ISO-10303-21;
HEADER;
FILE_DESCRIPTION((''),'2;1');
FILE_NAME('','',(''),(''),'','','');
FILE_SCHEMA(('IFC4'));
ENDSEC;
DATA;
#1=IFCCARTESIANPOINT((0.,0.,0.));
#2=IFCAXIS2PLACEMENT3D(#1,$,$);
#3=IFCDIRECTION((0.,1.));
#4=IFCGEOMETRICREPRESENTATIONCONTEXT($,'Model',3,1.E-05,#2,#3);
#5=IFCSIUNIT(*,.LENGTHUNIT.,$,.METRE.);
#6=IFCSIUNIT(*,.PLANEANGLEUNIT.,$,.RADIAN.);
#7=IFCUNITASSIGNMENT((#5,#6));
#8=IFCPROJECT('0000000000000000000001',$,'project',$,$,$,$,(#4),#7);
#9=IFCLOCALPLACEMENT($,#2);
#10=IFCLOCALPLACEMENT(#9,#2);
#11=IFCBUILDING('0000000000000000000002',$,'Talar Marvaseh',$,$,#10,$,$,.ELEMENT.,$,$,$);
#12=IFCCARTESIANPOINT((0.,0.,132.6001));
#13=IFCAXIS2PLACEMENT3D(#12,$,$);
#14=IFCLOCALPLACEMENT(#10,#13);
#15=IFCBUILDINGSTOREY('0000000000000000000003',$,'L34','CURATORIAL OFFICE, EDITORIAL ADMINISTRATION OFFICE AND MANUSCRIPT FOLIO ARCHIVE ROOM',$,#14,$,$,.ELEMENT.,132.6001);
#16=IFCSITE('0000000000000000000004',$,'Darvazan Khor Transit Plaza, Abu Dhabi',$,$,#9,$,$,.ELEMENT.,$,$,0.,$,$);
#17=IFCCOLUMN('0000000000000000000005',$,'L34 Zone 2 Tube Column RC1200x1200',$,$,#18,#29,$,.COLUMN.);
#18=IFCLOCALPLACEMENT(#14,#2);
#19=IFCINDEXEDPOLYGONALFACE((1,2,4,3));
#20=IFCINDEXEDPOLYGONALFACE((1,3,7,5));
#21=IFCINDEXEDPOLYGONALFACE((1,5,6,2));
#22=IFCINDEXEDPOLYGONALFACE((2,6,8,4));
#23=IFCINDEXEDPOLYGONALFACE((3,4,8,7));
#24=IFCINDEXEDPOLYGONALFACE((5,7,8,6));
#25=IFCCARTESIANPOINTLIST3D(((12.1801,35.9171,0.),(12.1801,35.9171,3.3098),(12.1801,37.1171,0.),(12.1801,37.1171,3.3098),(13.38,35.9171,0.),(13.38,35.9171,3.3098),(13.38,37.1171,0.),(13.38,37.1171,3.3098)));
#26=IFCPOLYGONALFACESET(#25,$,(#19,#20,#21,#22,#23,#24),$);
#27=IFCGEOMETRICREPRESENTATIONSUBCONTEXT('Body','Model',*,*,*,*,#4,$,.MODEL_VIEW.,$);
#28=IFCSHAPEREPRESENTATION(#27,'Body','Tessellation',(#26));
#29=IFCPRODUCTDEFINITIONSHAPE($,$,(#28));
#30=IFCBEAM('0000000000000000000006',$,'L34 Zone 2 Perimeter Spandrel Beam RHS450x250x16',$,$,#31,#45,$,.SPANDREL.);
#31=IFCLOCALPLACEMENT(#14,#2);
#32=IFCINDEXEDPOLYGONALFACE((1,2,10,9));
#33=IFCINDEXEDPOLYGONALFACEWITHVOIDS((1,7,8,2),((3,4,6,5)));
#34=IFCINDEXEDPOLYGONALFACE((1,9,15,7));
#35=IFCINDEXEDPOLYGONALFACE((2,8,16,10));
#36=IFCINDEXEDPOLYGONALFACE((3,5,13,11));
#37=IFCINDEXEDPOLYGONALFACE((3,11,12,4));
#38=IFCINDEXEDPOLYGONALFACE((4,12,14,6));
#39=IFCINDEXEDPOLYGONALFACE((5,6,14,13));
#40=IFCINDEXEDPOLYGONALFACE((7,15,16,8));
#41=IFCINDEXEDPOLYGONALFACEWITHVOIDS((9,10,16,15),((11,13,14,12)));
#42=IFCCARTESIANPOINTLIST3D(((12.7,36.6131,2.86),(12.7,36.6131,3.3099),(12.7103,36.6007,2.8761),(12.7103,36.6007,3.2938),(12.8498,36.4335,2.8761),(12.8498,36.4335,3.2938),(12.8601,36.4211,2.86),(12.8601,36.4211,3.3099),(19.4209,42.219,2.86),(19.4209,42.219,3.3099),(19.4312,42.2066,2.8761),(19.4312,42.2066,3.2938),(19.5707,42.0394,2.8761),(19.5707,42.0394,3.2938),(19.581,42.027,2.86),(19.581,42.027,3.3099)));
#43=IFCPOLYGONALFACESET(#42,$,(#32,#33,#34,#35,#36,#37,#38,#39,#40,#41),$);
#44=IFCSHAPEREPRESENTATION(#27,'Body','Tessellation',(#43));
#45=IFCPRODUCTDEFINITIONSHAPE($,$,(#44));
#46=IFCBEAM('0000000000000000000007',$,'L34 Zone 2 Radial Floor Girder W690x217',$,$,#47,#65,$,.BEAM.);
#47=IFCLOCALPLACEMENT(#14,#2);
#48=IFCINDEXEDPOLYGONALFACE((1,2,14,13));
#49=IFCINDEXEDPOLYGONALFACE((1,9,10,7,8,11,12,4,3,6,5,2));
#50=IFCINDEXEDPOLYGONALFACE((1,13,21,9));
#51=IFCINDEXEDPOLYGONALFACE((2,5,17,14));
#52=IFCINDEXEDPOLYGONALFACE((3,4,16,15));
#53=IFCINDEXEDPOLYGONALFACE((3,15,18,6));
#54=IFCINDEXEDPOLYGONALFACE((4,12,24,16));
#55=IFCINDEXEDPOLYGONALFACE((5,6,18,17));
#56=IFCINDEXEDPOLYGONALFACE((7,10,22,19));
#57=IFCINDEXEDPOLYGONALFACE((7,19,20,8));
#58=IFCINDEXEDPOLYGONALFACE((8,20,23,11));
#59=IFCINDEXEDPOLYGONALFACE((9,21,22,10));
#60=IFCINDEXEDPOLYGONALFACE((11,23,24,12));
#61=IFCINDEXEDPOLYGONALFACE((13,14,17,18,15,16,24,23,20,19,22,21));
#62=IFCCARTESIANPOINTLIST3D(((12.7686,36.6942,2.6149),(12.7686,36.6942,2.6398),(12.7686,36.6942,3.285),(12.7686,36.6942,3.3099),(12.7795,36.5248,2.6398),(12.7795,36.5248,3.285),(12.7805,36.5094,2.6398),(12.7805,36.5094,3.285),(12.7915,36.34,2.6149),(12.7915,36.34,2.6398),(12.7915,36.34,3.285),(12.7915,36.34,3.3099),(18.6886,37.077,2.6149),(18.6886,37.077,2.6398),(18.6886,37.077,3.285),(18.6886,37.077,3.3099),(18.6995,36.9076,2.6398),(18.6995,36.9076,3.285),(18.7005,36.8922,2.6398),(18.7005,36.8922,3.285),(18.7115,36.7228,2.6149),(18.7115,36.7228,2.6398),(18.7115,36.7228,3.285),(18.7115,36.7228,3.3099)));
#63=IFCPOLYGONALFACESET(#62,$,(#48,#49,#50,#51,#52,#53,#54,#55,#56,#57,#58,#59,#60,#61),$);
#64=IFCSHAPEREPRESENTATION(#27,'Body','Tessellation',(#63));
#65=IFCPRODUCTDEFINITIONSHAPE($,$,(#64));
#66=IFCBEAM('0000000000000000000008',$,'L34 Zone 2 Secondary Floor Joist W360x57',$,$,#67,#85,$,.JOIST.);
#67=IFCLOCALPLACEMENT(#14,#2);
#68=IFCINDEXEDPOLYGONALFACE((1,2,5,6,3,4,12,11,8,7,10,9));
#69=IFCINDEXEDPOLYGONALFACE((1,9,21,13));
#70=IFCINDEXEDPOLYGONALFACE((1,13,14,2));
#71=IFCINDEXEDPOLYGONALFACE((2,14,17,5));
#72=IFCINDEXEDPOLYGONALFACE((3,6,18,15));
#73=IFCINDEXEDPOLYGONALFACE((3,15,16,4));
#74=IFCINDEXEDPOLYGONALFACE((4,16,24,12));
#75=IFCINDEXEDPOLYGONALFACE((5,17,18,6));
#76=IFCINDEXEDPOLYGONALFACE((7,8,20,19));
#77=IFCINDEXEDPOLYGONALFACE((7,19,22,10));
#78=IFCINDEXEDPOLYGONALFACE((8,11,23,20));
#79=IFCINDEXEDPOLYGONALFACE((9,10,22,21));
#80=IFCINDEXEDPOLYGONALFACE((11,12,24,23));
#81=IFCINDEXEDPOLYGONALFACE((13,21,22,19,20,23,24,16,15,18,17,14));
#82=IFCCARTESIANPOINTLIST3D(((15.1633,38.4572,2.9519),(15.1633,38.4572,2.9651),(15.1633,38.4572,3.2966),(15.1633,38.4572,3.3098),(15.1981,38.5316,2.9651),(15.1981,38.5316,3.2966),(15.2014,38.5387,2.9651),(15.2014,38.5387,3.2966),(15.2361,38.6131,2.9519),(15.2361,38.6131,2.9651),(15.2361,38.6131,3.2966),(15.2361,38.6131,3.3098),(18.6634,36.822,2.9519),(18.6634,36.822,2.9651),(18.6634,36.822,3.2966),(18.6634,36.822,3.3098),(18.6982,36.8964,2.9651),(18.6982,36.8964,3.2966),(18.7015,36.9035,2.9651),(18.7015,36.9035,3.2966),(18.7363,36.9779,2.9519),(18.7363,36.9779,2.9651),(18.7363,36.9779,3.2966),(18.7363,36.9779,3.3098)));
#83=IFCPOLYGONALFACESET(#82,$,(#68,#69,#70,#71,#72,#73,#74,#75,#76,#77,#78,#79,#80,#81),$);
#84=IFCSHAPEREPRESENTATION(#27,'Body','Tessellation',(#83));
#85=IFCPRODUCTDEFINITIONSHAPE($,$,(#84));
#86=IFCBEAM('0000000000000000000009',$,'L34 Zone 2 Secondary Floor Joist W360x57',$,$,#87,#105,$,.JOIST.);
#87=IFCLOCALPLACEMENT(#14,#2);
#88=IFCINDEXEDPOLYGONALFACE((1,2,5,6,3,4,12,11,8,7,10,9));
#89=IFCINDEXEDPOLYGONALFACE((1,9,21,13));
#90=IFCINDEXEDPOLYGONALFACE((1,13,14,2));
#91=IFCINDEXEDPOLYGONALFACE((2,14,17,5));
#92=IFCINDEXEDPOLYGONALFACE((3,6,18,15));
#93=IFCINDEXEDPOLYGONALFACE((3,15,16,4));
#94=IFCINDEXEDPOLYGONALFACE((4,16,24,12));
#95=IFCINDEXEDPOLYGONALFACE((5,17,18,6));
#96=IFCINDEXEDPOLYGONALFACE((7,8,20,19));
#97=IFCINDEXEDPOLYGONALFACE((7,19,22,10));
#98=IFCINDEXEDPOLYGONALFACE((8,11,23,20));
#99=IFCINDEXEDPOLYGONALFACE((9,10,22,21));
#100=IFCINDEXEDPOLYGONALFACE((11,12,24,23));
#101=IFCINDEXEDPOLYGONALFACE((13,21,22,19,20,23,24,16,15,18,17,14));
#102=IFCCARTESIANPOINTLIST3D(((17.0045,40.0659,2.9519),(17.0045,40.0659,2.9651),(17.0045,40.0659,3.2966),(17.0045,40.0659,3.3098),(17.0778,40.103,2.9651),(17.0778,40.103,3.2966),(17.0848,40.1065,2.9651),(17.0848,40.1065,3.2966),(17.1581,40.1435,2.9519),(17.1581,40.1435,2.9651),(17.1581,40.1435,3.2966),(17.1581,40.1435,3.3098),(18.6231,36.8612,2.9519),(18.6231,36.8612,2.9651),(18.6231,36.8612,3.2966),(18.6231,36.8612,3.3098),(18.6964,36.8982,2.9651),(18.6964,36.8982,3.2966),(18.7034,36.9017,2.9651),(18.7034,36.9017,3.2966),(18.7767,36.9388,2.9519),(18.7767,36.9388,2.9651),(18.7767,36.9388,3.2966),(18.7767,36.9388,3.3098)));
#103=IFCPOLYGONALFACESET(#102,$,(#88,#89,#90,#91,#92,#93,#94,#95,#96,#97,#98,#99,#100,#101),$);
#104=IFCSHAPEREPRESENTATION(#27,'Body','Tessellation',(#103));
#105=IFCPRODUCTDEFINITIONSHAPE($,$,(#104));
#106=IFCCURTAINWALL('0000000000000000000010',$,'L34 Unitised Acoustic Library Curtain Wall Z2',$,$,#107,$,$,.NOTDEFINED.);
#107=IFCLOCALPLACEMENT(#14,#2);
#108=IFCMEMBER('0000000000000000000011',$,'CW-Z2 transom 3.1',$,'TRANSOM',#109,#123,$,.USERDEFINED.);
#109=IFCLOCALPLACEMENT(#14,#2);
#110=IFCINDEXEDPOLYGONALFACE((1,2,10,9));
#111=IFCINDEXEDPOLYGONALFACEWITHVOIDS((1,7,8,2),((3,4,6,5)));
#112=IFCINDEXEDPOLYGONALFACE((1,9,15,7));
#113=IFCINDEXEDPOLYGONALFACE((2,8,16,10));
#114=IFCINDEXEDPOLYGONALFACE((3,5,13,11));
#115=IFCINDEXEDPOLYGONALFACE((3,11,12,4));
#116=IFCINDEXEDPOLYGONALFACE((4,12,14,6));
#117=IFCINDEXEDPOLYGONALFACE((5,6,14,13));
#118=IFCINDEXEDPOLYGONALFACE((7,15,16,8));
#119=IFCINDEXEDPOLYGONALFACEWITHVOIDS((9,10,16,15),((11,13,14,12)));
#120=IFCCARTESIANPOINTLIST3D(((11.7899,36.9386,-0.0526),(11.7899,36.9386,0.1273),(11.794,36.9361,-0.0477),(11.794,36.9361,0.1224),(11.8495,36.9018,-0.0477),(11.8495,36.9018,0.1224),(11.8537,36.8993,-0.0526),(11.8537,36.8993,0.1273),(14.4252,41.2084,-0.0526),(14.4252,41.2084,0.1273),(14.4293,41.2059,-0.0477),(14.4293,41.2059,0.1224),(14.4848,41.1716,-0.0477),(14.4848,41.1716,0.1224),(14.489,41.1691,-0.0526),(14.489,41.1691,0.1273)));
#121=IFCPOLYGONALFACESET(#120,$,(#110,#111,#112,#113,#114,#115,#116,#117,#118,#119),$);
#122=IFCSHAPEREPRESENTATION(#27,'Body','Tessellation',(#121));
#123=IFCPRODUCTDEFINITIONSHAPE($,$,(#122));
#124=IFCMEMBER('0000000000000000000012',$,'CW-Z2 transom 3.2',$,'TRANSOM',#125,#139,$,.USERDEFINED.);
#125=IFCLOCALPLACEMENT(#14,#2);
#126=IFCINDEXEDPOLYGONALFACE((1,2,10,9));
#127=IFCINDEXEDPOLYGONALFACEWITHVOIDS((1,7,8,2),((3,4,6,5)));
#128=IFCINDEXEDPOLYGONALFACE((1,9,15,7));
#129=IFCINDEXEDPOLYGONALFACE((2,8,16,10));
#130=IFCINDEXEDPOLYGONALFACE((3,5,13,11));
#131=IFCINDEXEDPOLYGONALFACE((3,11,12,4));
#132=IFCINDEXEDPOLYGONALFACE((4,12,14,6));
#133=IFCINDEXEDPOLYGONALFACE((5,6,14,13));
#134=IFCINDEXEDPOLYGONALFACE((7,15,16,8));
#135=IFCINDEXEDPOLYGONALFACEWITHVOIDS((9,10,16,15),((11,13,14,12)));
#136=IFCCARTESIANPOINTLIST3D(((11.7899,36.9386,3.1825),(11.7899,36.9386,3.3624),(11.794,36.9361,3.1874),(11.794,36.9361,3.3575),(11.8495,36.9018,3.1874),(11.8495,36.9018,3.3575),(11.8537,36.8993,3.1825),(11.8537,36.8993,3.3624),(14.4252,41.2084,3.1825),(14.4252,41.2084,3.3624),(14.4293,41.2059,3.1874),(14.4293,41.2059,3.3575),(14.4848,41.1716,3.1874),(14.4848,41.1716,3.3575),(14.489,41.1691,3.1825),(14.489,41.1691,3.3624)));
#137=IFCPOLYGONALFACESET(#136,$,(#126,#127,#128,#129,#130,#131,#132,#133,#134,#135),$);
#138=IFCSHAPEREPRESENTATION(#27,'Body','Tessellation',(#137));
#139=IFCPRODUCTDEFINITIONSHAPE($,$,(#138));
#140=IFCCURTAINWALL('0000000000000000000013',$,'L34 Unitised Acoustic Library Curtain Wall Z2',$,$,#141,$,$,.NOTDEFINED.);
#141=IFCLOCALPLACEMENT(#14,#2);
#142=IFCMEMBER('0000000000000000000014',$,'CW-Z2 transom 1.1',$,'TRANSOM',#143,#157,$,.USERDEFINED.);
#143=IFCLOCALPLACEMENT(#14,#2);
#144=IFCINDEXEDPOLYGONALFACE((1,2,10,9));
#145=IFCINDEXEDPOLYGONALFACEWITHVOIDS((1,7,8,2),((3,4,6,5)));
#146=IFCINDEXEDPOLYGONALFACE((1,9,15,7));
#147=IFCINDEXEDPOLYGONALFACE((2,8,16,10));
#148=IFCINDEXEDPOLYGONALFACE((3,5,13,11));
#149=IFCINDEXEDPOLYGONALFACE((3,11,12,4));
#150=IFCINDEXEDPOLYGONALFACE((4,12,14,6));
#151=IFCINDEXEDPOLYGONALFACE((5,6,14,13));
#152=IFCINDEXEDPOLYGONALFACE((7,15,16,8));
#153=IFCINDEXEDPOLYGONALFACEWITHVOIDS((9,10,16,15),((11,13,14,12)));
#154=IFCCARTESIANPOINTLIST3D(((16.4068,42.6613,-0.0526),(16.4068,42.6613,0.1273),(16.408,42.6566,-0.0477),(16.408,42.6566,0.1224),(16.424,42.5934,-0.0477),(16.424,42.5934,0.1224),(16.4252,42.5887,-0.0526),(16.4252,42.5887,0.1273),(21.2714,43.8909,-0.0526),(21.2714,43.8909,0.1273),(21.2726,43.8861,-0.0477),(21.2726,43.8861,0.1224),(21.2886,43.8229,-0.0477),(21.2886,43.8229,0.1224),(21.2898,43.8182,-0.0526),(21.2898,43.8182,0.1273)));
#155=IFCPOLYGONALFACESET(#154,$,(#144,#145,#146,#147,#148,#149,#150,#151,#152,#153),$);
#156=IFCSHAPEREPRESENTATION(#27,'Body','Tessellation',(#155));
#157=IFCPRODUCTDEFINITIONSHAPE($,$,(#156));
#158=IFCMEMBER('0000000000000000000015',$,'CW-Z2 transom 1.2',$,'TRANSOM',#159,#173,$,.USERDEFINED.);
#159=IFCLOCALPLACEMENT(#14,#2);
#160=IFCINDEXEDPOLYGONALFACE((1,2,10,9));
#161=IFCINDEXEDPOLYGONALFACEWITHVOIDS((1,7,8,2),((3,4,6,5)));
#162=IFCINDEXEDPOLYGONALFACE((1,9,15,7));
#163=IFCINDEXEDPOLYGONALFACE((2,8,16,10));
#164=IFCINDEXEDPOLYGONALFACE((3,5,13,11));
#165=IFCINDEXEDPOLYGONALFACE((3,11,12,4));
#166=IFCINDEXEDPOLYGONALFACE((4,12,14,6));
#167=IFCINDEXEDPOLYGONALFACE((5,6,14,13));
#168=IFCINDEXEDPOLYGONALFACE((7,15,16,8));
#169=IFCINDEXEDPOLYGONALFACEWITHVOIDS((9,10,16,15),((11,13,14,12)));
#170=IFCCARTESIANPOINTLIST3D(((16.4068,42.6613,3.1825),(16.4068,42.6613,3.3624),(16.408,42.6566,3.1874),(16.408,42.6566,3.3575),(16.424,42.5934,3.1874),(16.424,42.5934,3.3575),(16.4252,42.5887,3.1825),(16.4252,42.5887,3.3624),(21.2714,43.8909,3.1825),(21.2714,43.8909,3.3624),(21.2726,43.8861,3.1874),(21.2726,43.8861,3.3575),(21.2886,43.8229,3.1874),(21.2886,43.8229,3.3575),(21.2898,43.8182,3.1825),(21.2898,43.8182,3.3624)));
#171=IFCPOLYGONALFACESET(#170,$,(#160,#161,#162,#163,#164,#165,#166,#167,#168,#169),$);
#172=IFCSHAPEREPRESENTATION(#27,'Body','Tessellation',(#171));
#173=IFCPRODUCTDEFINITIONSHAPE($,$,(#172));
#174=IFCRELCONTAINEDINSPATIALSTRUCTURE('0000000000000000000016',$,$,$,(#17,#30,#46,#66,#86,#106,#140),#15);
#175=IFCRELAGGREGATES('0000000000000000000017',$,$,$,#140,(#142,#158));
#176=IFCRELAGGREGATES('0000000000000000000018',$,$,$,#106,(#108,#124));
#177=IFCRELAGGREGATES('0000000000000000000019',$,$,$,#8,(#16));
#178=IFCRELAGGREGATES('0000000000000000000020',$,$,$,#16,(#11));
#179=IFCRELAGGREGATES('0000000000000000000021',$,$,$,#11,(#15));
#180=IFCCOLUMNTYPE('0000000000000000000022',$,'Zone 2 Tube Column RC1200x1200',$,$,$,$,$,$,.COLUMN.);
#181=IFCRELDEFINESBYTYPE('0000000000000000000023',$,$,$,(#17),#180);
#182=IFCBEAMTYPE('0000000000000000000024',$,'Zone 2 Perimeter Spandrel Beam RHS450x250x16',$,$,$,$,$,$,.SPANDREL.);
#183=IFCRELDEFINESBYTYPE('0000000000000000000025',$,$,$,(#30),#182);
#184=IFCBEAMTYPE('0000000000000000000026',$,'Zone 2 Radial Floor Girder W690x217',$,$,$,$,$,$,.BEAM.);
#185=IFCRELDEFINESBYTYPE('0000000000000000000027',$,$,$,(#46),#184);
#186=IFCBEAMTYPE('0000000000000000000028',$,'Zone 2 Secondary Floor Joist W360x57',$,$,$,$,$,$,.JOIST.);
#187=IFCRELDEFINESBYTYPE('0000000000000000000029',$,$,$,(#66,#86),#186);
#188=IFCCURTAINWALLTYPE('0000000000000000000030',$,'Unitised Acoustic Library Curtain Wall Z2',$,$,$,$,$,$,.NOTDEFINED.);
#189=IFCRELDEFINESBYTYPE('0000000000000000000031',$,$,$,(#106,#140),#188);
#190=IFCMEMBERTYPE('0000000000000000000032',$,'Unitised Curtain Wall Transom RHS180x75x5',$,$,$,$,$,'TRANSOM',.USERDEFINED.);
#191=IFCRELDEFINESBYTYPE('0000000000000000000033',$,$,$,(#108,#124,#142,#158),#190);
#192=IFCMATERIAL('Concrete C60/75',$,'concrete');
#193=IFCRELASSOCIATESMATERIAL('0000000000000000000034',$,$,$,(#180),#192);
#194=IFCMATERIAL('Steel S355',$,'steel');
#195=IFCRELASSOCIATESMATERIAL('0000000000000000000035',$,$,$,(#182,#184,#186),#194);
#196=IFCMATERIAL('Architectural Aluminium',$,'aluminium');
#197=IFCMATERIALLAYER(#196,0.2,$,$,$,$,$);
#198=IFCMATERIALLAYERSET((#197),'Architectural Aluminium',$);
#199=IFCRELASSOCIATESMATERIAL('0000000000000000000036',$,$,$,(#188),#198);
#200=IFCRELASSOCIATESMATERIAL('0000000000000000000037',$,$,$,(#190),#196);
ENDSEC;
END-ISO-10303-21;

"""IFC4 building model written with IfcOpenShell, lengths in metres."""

from ifc_helpers import new_model, si_unit, direction, frame, origin, origin_2d, place, context, subcontext, project, spatial, rectangle, hollow_rectangle, i_section, extrude, source, transform, mapped, material, layer, layer_set, material_profile, profile_set, type_object, type_shapes, element, aggregate, save


model = new_model("IFC4")

# Units and contexts
model_context = context("Model", 3, precision=1e-05, world=origin(), true_north=direction((0.0, 1.0)))
body_context = subcontext(model_context, "Body", "Model", "MODEL_VIEW")
ifc_project = project(units=[si_unit("LENGTHUNIT", "METRE"), si_unit("PLANEANGLEUNIT", "RADIAN")], contexts=[model_context])

# Site, building, storey
site_placement = place(None, origin())
site = spatial("IfcSite", under=ifc_project, at=site_placement, Name="Darvazan Khor Transit Plaza, Abu Dhabi", CompositionType="ELEMENT", RefElevation=0.0)
building_placement = place(site_placement, origin())
building = spatial("IfcBuilding", under=site, at=building_placement, Name="Talar Marvaseh", CompositionType="ELEMENT")
storey_placement = place(building_placement, frame((0.0, 0.0, 132.6001)))
storey = spatial("IfcBuildingStorey", under=building, at=storey_placement, Name="L34", Description="CURATORIAL OFFICE, EDITORIAL ADMINISTRATION OFFICE AND MANUSCRIPT FOLIO ARCHIVE ROOM", CompositionType="ELEMENT", Elevation=132.6001)

# Column
ifc_material_1 = material(Name="Concrete C60/75", Category="concrete")
ifc_material_profile_1 = material_profile(ifc_material_1, rectangle(XDim=1.2, YDim=1.2, at=origin_2d()), Name="RC1200x1200")
ifc_profile_set_1 = profile_set([ifc_material_profile_1], Name="Concrete C60/75")
column_type = type_object("IfcColumnType", Name="Zone 2 Tube Column RC1200x1200", PredefinedType="COLUMN", material=ifc_profile_set_1)
column_placement = place(storey_placement, frame((12.78, 36.5171, 0.0), z_axis=(0.0, 0.0, 1.0), x_axis=(1.0, 0.0, 0.0)))
element("IfcColumn", 1, at=column_placement, inside=storey, type_object=column_type, Name="L34 Zone 2 Tube Column RC1200x1200", PredefinedType="COLUMN", context=body_context, shape_type="SweptSolid", body=[
    extrude(rectangle(XDim=1.2, YDim=1.2, at=origin_2d()), origin(), (0.0, 0.0, 1.0), 3.3098),
])

# Beams
ifc_material_2 = material(Name="Steel S355", Category="steel")
ifc_material_profile_2 = material_profile(ifc_material_2, hollow_rectangle(XDim=0.25, YDim=0.45, WallThickness=0.0161, at=origin_2d()), Name="RHS450x250x16")
ifc_profile_set_2 = profile_set([ifc_material_profile_2], Name="Steel S355")
beam_type_1 = type_object("IfcBeamType", Name="Zone 2 Perimeter Spandrel Beam RHS450x250x16", PredefinedType="SPANDREL", material=ifc_profile_set_2)
beam_1_placement = place(storey_placement, frame((12.78, 36.5171, 3.085), z_axis=(0.767931, 0.640533, 0.0), x_axis=(-0.640533, 0.767931, 0.0)))
element("IfcBeam", 2, at=beam_1_placement, inside=storey, type_object=beam_type_1, Name="L34 Zone 2 Perimeter Spandrel Beam RHS450x250x16", PredefinedType="SPANDREL", context=body_context, shape_type="SweptSolid", body=[
    extrude(hollow_rectangle(XDim=0.25, YDim=0.45, WallThickness=0.0161, at=origin_2d()), origin(), (0.0, 0.0, 1.0), 8.752),
])
ifc_material_profile_3 = material_profile(ifc_material_2, i_section(OverallWidth=0.355, OverallDepth=0.6951, WebThickness=0.0154, FlangeThickness=0.0249, at=origin_2d()), Name="W690x217")
ifc_profile_set_3 = profile_set([ifc_material_profile_3], Name="Steel S355")
beam_type_2 = type_object("IfcBeamType", Name="Zone 2 Radial Floor Girder W690x217", PredefinedType="BEAM", material=ifc_profile_set_3)
beam_2_placement = place(storey_placement, frame((12.78, 36.5171, 2.9624), z_axis=(0.997916, 0.06453, 0.0), x_axis=(-0.06453, 0.997916, 0.0)))
element("IfcBeam", 3, at=beam_2_placement, inside=storey, type_object=beam_type_2, Name="L34 Zone 2 Radial Floor Girder W690x217", PredefinedType="BEAM", context=body_context, shape_type="SweptSolid", body=[
    extrude(i_section(OverallWidth=0.355, OverallDepth=0.6951, WebThickness=0.0154, FlangeThickness=0.0249, at=origin_2d()), origin(), (0.0, 0.0, 1.0), 5.9324),
])
ifc_material_profile_4 = material_profile(ifc_material_2, i_section(OverallWidth=0.1721, OverallDepth=0.3579, WebThickness=0.0078, FlangeThickness=0.0132, at=origin_2d()), Name="W360x57")
ifc_profile_set_4 = profile_set([ifc_material_profile_4], Name="Steel S355")
beam_type_3 = type_object("IfcBeamType", Name="Zone 2 Secondary Floor Joist W360x57", PredefinedType="JOIST", material=ifc_profile_set_4)
beam_3_placement = place(storey_placement, frame((15.1997, 38.5352, 3.1309), z_axis=(0.906004, -0.423269, 0.0), x_axis=(0.423269, 0.906004, 0.0)))
element("IfcBeam", 4, at=beam_3_placement, inside=storey, type_object=beam_type_3, Name="L34 Zone 2 Secondary Floor Joist W360x57", PredefinedType="JOIST", context=body_context, shape_type="SweptSolid", body=[
    extrude(i_section(OverallWidth=0.1721, OverallDepth=0.3579, WebThickness=0.0078, FlangeThickness=0.0132, at=origin_2d()), origin(), (0.0, 0.0, 1.0), 3.8633),
])
beam_4_placement = place(storey_placement, frame((17.0813, 40.1047, 3.1309), z_axis=(0.450827, -0.892611, 0.0), x_axis=(0.892611, 0.450827, 0.0)))
element("IfcBeam", 5, at=beam_4_placement, inside=storey, type_object=beam_type_3, Name="L34 Zone 2 Secondary Floor Joist W360x57", PredefinedType="JOIST", context=body_context, shape_type="SweptSolid", body=[
    extrude(i_section(OverallWidth=0.1721, OverallDepth=0.3579, WebThickness=0.0078, FlangeThickness=0.0132, at=origin_2d()), origin(), (0.0, 0.0, 1.0), 3.5903),
])

# Curtain walls, members
ifc_material_3 = material(Name="Architectural Aluminium", Category="aluminium")
ifc_layer_1 = layer(ifc_material_3, 0.2)
ifc_layer_set_1 = layer_set([ifc_layer_1], Name="Architectural Aluminium")
curtain_wall_type = type_object("IfcCurtainWallType", Name="Unitised Acoustic Library Curtain Wall Z2", PredefinedType="NOTDEFINED", material=ifc_layer_set_1)
curtain_wall_1_placement = place(storey_placement, origin())
curtain_wall_1 = element("IfcCurtainWall", 6, at=curtain_wall_1_placement, inside=storey, type_object=curtain_wall_type, Name="L34 Unitised Acoustic Library Curtain Wall Z2", PredefinedType="NOTDEFINED")
ifc_material_profile_5 = material_profile(ifc_material_3, hollow_rectangle(XDim=0.075, YDim=0.1799, WallThickness=0.0049, at=origin_2d()), Name="RHS180x75x5")
ifc_profile_set_5 = profile_set([ifc_material_profile_5], Name="Architectural Aluminium")
member_type_1 = type_object("IfcMemberType", Name="Unitised Curtain Wall Transom RHS180x75x5", ElementType="TRANSOM", PredefinedType="USERDEFINED", material=ifc_profile_set_5)
shared_shape_1 = source(origin(), body_context, "Body", "SweptSolid", [
    extrude(hollow_rectangle(XDim=0.075, YDim=0.1799, WallThickness=0.0049, at=origin_2d()), origin(), (0.0, 0.0, 1.0), 5.0176),
])
type_shapes(member_type_1, [shared_shape_1])
member_1_placement = place(storey_placement, frame((11.8218, 36.9189, 0.0374), z_axis=(0.52521, 0.850973, 0.0), x_axis=(-0.850973, 0.52521, 0.0)))
member_1 = element("IfcMember", 7, at=member_1_placement, type_object=member_type_1, Name="CW-Z2 transom 3.1", ObjectType="TRANSOM", PredefinedType="USERDEFINED", context=body_context, shape_type="MappedRepresentation", body=[
    mapped(shared_shape_1, transform((0.0, 0.0, 0.0), x_axis=(1.0, 0.0, 0.0), y_axis=(0.0, 1.0, 0.0), z_axis=(0.0, 0.0, 1.0), scale=1.0)),
])
member_2_placement = place(storey_placement, frame((11.8218, 36.9189, 3.2725), z_axis=(0.52521, 0.850973, 0.0), x_axis=(-0.850973, 0.52521, 0.0)))
member_2 = element("IfcMember", 8, at=member_2_placement, type_object=member_type_1, Name="CW-Z2 transom 3.2", ObjectType="TRANSOM", PredefinedType="USERDEFINED", context=body_context, shape_type="MappedRepresentation", body=[
    mapped(shared_shape_1, transform((0.0, 0.0, 0.0), x_axis=(1.0, 0.0, 0.0), y_axis=(0.0, 1.0, 0.0), z_axis=(0.0, 0.0, 1.0), scale=1.0)),
])
curtain_wall_2_placement = place(storey_placement, origin())
curtain_wall_2 = element("IfcCurtainWall", 9, at=curtain_wall_2_placement, inside=storey, type_object=curtain_wall_type, Name="L34 Unitised Acoustic Library Curtain Wall Z2", PredefinedType="NOTDEFINED")
member_3_placement = place(storey_placement, frame((16.416, 42.625, 0.0374), z_axis=(0.969512, 0.245042, 0.0), x_axis=(-0.245042, 0.969512, 0.0)))
member_3 = element("IfcMember", 10, at=member_3_placement, type_object=member_type_1, Name="CW-Z2 transom 1.1", ObjectType="TRANSOM", PredefinedType="USERDEFINED", context=body_context, shape_type="MappedRepresentation", body=[
    mapped(shared_shape_1, transform((0.0, 0.0, 0.0), x_axis=(1.0, 0.0, 0.0), y_axis=(0.0, 1.0, 0.0), z_axis=(0.0, 0.0, 1.0), scale=1.0)),
])
member_4_placement = place(storey_placement, frame((16.416, 42.625, 3.2725), z_axis=(0.969512, 0.245042, 0.0), x_axis=(-0.245042, 0.969512, 0.0)))
member_4 = element("IfcMember", 11, at=member_4_placement, type_object=member_type_1, Name="CW-Z2 transom 1.2", ObjectType="TRANSOM", PredefinedType="USERDEFINED", context=body_context, shape_type="MappedRepresentation", body=[
    mapped(shared_shape_1, transform((0.0, 0.0, 0.0), x_axis=(1.0, 0.0, 0.0), y_axis=(0.0, 1.0, 0.0), z_axis=(0.0, 0.0, 1.0), scale=1.0)),
])

aggregate(curtain_wall_2, [member_3, member_4])

aggregate(curtain_wall_1, [member_1, member_2])

save(model, "model.ifc")
